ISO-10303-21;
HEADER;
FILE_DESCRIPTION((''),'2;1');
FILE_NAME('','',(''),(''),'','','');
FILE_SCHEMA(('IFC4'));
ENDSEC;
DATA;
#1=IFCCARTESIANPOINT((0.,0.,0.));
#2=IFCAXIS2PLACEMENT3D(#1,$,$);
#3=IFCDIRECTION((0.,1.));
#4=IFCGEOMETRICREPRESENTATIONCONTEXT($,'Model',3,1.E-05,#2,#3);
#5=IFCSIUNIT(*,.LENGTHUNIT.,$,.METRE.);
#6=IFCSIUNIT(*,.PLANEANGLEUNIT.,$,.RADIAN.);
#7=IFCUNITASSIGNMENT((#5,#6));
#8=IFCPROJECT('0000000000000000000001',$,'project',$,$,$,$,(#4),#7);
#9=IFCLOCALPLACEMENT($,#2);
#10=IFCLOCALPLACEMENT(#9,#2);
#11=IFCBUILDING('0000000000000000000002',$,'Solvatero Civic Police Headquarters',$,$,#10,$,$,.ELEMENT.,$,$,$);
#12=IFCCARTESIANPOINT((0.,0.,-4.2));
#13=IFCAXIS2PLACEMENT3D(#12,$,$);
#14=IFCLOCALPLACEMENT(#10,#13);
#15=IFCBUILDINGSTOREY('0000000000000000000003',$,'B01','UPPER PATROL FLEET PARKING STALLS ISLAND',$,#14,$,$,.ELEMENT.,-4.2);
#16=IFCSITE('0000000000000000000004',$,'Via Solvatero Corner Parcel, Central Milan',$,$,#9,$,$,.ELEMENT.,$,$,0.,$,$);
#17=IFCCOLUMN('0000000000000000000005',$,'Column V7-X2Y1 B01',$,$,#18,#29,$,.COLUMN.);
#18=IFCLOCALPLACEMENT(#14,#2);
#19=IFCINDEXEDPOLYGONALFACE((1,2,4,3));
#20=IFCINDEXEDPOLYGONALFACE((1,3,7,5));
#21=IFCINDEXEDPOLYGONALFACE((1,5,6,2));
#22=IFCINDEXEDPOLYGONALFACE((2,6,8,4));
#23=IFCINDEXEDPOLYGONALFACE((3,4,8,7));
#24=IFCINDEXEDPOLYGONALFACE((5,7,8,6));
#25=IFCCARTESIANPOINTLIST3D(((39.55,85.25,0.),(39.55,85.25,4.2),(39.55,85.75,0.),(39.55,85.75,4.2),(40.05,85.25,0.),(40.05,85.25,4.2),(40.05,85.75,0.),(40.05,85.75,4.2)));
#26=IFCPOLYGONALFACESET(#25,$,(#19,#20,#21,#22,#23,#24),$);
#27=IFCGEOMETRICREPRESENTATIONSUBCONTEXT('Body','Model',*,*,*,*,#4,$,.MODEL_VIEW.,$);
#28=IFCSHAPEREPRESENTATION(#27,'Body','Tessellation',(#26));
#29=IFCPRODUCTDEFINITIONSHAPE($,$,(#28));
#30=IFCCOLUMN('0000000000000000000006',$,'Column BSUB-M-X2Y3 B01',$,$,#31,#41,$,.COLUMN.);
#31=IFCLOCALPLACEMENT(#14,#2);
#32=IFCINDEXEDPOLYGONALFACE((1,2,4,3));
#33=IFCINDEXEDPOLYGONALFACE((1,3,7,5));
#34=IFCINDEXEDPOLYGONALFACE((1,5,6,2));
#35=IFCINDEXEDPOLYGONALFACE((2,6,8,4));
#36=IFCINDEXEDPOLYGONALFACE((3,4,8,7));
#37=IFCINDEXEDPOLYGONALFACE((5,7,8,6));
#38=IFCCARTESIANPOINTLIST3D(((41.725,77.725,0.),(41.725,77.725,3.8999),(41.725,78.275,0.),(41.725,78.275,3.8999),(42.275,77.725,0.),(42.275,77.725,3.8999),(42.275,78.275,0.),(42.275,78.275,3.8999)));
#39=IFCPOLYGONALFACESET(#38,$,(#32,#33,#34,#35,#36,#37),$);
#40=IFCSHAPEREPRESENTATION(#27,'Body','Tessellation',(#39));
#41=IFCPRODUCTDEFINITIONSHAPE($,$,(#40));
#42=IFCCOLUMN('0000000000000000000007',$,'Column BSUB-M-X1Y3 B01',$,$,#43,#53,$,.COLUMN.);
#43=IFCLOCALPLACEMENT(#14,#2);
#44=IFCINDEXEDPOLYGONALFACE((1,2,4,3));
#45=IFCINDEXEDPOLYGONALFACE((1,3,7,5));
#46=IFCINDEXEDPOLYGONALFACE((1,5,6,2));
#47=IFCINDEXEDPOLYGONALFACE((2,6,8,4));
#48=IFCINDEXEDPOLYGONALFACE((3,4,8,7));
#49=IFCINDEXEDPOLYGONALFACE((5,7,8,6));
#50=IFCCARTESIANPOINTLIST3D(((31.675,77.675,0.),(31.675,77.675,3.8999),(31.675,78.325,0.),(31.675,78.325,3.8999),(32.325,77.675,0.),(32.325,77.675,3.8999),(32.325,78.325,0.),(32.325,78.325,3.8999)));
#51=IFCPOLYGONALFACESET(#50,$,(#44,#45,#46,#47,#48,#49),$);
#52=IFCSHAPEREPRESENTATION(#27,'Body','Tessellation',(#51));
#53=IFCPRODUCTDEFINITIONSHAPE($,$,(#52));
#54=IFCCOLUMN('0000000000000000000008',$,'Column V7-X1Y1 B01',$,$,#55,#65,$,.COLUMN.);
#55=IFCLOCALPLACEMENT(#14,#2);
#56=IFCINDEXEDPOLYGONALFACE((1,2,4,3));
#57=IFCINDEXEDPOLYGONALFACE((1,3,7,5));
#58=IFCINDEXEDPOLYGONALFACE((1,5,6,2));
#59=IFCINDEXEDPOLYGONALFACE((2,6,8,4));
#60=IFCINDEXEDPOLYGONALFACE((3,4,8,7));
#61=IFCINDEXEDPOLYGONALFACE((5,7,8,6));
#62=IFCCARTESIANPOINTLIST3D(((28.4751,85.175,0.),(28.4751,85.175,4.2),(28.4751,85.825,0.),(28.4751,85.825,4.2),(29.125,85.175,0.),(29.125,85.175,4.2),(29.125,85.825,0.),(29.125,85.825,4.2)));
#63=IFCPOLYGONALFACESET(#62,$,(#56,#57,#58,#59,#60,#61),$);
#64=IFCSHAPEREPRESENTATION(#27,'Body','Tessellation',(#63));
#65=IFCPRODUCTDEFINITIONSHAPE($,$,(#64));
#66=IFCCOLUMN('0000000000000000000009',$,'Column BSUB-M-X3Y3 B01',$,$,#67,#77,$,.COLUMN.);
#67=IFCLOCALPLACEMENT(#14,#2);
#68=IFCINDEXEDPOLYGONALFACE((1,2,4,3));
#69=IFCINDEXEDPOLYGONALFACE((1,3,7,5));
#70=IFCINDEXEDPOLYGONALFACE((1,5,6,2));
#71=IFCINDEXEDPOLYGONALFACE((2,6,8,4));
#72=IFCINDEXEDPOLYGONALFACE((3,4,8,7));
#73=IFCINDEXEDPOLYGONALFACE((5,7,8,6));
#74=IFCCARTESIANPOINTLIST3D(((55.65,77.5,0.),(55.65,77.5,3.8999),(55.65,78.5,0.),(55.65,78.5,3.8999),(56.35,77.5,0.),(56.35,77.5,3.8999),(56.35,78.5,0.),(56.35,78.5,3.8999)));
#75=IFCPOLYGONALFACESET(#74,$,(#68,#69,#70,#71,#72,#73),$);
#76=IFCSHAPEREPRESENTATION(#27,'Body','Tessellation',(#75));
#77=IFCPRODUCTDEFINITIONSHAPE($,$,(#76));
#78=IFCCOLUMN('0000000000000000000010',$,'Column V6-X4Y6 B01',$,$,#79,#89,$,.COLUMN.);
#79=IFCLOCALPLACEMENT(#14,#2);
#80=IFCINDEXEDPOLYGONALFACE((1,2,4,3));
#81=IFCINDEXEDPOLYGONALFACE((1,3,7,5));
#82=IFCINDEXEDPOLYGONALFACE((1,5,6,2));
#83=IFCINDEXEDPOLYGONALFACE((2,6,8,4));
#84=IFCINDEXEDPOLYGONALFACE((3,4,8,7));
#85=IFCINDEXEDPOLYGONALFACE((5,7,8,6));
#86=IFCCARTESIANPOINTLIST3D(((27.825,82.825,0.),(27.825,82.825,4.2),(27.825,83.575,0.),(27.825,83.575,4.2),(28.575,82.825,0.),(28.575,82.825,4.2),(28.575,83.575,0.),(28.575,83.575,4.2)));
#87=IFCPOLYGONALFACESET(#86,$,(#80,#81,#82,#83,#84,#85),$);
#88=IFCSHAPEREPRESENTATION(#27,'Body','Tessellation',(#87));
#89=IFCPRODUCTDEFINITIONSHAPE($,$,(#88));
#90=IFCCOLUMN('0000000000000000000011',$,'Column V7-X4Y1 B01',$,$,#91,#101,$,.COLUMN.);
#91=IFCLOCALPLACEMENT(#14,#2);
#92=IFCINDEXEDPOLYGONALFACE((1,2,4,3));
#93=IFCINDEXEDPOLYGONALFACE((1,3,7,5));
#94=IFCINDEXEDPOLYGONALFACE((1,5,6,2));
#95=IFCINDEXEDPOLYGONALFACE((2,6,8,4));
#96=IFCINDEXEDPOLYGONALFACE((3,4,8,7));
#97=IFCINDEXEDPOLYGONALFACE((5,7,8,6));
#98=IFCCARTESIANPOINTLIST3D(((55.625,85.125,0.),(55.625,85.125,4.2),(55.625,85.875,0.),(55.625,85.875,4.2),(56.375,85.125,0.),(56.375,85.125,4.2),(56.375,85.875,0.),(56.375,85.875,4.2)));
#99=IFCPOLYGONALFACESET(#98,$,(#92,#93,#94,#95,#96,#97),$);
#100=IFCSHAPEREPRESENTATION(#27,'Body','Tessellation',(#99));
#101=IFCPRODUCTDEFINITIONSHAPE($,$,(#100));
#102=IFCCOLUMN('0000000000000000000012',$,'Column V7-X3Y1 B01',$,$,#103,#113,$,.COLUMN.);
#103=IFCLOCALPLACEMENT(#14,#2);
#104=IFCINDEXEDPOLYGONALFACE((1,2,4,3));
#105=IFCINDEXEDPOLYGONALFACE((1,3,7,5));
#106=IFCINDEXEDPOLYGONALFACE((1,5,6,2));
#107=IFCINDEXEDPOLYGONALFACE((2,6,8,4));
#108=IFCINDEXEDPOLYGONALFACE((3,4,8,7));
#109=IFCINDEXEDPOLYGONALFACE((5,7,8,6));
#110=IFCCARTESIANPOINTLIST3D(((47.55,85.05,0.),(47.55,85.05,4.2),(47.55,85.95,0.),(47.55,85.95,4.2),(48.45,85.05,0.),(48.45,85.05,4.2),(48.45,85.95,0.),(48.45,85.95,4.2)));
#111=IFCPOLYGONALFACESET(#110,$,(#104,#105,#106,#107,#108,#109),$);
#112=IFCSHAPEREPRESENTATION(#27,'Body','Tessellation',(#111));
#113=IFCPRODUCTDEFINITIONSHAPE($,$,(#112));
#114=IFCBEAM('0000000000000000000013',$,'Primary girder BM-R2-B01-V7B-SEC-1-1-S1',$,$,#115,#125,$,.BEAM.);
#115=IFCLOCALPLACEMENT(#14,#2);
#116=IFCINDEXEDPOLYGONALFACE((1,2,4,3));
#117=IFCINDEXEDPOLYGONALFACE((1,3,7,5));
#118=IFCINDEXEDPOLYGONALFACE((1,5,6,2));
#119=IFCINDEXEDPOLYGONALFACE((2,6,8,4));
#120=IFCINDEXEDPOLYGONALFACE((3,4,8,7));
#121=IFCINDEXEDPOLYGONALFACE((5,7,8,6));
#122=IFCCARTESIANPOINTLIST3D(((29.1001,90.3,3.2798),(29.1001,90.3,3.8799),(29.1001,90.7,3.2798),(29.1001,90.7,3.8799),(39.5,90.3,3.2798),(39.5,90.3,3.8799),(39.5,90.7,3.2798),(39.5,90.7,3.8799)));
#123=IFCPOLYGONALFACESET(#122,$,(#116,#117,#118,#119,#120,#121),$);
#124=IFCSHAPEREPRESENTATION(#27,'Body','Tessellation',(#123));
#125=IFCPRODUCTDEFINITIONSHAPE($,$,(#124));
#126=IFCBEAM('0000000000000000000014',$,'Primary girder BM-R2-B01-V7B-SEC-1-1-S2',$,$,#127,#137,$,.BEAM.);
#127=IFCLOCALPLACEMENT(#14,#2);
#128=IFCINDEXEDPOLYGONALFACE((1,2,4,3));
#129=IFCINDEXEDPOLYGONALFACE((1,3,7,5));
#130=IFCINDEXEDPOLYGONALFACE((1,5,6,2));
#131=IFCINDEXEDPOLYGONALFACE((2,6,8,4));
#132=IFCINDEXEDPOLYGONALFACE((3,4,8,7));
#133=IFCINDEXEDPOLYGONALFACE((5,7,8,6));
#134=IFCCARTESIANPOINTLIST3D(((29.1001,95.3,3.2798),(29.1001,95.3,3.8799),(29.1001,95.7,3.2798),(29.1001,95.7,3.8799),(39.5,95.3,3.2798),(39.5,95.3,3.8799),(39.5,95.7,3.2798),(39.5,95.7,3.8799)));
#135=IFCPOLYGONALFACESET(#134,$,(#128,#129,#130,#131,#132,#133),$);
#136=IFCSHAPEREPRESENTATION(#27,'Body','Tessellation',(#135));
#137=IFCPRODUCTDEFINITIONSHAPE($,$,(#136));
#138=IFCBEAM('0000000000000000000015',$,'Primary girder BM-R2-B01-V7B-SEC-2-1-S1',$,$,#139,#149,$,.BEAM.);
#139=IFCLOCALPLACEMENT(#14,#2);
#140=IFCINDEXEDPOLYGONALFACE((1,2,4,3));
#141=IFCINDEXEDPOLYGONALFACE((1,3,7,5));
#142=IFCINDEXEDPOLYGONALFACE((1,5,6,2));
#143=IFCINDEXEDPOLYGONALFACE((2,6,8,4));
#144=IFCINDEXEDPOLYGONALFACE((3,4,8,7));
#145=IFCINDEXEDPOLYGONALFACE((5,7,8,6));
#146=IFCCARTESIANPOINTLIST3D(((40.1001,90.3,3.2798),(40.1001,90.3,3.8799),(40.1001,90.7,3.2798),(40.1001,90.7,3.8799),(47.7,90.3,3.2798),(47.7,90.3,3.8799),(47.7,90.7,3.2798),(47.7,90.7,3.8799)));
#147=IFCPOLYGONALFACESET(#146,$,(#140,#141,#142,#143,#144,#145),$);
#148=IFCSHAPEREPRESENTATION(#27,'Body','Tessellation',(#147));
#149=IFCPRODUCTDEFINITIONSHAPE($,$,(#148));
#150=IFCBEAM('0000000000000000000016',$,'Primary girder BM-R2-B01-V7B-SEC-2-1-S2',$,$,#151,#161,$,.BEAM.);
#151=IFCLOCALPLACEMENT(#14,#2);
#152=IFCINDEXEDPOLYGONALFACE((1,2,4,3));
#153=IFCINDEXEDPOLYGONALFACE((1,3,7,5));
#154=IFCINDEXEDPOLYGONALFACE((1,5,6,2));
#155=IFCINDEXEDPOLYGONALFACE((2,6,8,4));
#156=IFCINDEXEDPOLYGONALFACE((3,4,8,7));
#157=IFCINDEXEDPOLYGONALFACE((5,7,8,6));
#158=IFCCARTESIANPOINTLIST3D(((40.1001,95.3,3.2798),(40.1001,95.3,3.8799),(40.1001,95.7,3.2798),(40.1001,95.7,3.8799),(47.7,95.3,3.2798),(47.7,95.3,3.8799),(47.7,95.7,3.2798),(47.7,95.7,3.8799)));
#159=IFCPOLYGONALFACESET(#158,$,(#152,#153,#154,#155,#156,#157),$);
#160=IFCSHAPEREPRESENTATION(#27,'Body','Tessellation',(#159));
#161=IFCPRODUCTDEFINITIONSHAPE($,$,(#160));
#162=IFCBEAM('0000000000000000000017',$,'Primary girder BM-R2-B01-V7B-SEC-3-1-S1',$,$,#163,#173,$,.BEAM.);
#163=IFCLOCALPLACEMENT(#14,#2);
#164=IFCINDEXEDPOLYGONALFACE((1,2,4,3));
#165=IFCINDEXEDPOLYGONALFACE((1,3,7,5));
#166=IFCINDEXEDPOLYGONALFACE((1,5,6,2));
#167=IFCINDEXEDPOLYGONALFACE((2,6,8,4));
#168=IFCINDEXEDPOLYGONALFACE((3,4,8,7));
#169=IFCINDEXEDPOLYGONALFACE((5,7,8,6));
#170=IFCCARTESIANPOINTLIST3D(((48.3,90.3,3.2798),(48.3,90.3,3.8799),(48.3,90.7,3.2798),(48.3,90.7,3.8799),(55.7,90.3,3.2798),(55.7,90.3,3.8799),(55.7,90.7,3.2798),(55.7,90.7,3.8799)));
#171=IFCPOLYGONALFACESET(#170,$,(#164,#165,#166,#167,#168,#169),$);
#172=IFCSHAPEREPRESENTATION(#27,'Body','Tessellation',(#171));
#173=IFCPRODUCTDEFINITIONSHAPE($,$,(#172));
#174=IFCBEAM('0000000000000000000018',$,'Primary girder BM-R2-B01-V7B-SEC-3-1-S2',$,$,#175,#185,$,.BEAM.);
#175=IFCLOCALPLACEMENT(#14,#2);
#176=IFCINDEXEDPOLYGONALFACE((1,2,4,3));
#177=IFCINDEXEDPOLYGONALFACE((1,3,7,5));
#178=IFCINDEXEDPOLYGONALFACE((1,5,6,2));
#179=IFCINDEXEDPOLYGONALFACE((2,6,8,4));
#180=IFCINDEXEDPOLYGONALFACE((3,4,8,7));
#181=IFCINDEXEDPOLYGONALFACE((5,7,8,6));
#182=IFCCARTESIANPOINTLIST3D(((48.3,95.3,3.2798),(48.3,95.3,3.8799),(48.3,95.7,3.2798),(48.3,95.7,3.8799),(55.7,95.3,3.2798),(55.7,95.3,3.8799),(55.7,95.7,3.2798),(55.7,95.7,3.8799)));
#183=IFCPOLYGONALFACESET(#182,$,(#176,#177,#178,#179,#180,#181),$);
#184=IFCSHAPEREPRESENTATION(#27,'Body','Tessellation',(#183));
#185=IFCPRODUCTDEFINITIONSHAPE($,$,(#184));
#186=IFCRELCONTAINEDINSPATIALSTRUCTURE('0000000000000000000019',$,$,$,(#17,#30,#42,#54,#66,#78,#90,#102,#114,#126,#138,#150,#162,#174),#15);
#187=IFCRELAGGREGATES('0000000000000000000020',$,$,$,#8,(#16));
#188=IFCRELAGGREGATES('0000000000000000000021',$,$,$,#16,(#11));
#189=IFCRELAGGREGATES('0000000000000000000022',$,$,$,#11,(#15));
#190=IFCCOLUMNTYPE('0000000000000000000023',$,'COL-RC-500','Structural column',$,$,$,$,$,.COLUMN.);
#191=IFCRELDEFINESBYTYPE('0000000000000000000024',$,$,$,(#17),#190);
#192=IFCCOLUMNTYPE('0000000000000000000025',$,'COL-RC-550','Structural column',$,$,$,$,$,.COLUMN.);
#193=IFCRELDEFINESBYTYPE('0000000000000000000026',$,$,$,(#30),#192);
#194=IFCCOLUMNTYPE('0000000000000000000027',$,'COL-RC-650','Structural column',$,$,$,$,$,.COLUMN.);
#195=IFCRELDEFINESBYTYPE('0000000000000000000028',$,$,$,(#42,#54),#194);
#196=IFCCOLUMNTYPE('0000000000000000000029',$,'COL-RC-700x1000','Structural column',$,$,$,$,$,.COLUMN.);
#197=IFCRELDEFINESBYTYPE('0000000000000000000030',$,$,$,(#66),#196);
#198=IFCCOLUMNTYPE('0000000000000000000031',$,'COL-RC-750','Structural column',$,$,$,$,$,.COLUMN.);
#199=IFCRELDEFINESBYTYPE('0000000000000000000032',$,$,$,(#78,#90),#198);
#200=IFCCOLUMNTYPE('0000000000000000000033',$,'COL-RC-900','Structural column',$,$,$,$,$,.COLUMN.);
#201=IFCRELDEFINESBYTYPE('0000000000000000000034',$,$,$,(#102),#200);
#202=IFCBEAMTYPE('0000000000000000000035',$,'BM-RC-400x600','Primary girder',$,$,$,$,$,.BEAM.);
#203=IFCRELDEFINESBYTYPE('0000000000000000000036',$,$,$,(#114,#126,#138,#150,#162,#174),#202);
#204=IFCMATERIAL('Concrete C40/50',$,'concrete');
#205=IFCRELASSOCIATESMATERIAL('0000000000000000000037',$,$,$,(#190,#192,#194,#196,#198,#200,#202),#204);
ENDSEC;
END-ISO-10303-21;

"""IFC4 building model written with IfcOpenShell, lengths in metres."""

from ifc_helpers import new_model, si_unit, direction, frame, origin, origin_2d, place, context, subcontext, project, spatial, rectangle, extrude, material, material_profile, profile_set, type_object, element, save


model = new_model("IFC4")

# Units and contexts
model_context = context("Model", 3, precision=1e-05, world=origin(), true_north=direction((0.0, 1.0)))
body_context = subcontext(model_context, "Body", "Model", "MODEL_VIEW")
ifc_project = project(units=[si_unit("LENGTHUNIT", "METRE"), si_unit("PLANEANGLEUNIT", "RADIAN")], contexts=[model_context])

# Site, building, storey
site_placement = place(None, origin())
site = spatial("IfcSite", under=ifc_project, at=site_placement, Name="Via Solvatero Corner Parcel, Central Milan", CompositionType="ELEMENT", RefElevation=0.0)
building_placement = place(site_placement, origin())
building = spatial("IfcBuilding", under=site, at=building_placement, Name="Solvatero Civic Police Headquarters", CompositionType="ELEMENT")
storey_placement = place(building_placement, frame((0.0, 0.0, -4.2)))
storey = spatial("IfcBuildingStorey", under=building, at=storey_placement, Name="B01", Description="UPPER PATROL FLEET PARKING STALLS ISLAND", CompositionType="ELEMENT", Elevation=-4.2)

# Columns
ifc_material_1 = material(Name="Concrete C40/50", Category="concrete")
ifc_material_profile_1 = material_profile(ifc_material_1, rectangle(XDim=0.5, YDim=0.5, at=origin_2d()), Name="RC 500x500")
ifc_profile_set_1 = profile_set([ifc_material_profile_1], Name="Concrete C40/50")
column_type_1 = type_object("IfcColumnType", Name="COL-RC-500", Description="Structural column", PredefinedType="COLUMN", material=ifc_profile_set_1)
column_1_placement = place(storey_placement, frame((39.8, 85.5, 0.0), z_axis=(0.0, 0.0, 1.0), x_axis=(1.0, 0.0, 0.0)))
element("IfcColumn", 1, at=column_1_placement, inside=storey, type_object=column_type_1, Name="Column V7-X2Y1 B01", PredefinedType="COLUMN", context=body_context, shape_type="SweptSolid", body=[
    extrude(rectangle(XDim=0.5, YDim=0.5, at=origin_2d()), origin(), (0.0, 0.0, 1.0), 4.2),
])
ifc_material_profile_2 = material_profile(ifc_material_1, rectangle(XDim=0.55, YDim=0.55, at=origin_2d()), Name="RC 550x550")
ifc_profile_set_2 = profile_set([ifc_material_profile_2], Name="Concrete C40/50")
column_type_2 = type_object("IfcColumnType", Name="COL-RC-550", Description="Structural column", PredefinedType="COLUMN", material=ifc_profile_set_2)
column_2_placement = place(storey_placement, frame((42.0, 78.0, 0.0), z_axis=(0.0, 0.0, 1.0), x_axis=(1.0, 0.0, 0.0)))
element("IfcColumn", 2, at=column_2_placement, inside=storey, type_object=column_type_2, Name="Column BSUB-M-X2Y3 B01", PredefinedType="COLUMN", context=body_context, shape_type="SweptSolid", body=[
    extrude(rectangle(XDim=0.55, YDim=0.55, at=origin_2d()), origin(), (0.0, 0.0, 1.0), 3.8999),
])
ifc_material_profile_3 = material_profile(ifc_material_1, rectangle(XDim=0.6499, YDim=0.6499, at=origin_2d()), Name="RC 650x650")
ifc_profile_set_3 = profile_set([ifc_material_profile_3], Name="Concrete C40/50")
column_type_3 = type_object("IfcColumnType", Name="COL-RC-650", Description="Structural column", PredefinedType="COLUMN", material=ifc_profile_set_3)
column_3_placement = place(storey_placement, frame((32.0, 78.0, 0.0), z_axis=(0.0, 0.0, 1.0), x_axis=(1.0, 0.0, 0.0)))
element("IfcColumn", 3, at=column_3_placement, inside=storey, type_object=column_type_3, Name="Column BSUB-M-X1Y3 B01", PredefinedType="COLUMN", context=body_context, shape_type="SweptSolid", body=[
    extrude(rectangle(XDim=0.6499, YDim=0.6499, at=origin_2d()), origin(), (0.0, 0.0, 1.0), 3.8999),
])
column_4_placement = place(storey_placement, frame((28.8, 85.5, 0.0), z_axis=(0.0, 0.0, 1.0), x_axis=(1.0, 0.0, 0.0)))
element("IfcColumn", 4, at=column_4_placement, inside=storey, type_object=column_type_3, Name="Column V7-X1Y1 B01", PredefinedType="COLUMN", context=body_context, shape_type="SweptSolid", body=[
    extrude(rectangle(XDim=0.6499, YDim=0.6499, at=origin_2d()), origin(), (0.0, 0.0, 1.0), 4.2),
])
ifc_material_profile_4 = material_profile(ifc_material_1, rectangle(XDim=0.7, YDim=1.0, at=origin_2d()), Name="RC 700x1000")
ifc_profile_set_4 = profile_set([ifc_material_profile_4], Name="Concrete C40/50")
column_type_4 = type_object("IfcColumnType", Name="COL-RC-700x1000", Description="Structural column", PredefinedType="COLUMN", material=ifc_profile_set_4)
column_5_placement = place(storey_placement, frame((56.0, 78.0, 0.0), z_axis=(0.0, 0.0, 1.0), x_axis=(1.0, 0.0, 0.0)))
element("IfcColumn", 5, at=column_5_placement, inside=storey, type_object=column_type_4, Name="Column BSUB-M-X3Y3 B01", PredefinedType="COLUMN", context=body_context, shape_type="SweptSolid", body=[
    extrude(rectangle(XDim=0.7, YDim=1.0, at=origin_2d()), origin(), (0.0, 0.0, 1.0), 3.8999),
])
ifc_material_profile_5 = material_profile(ifc_material_1, rectangle(XDim=0.75, YDim=0.75, at=origin_2d()), Name="RC 750x750")
ifc_profile_set_5 = profile_set([ifc_material_profile_5], Name="Concrete C40/50")
column_type_5 = type_object("IfcColumnType", Name="COL-RC-750", Description="Structural column", PredefinedType="COLUMN", material=ifc_profile_set_5)
for number, where, z_axis, x_axis, name in (
    (6, (28.2, 83.2, 0.0), (0.0, 0.0, 1.0), (1.0, 0.0, 0.0), "Column V6-X4Y6 B01"),
    (7, (56.0, 85.5, 0.0), (0.0, 0.0, 1.0), (1.0, 0.0, 0.0), "Column V7-X4Y1 B01"),
):
    element("IfcColumn", number, at=place(storey_placement, frame(where, z_axis=z_axis, x_axis=x_axis)), inside=storey, type_object=column_type_5, Name=name, PredefinedType="COLUMN", context=body_context, shape_type="SweptSolid", body=[
        extrude(rectangle(XDim=0.75, YDim=0.75, at=origin_2d()), origin(), (0.0, 0.0, 1.0), 4.2),
    ])
ifc_material_profile_6 = material_profile(ifc_material_1, rectangle(XDim=0.8999, YDim=0.8999, at=origin_2d()), Name="RC 900x900")
ifc_profile_set_6 = profile_set([ifc_material_profile_6], Name="Concrete C40/50")
column_type_6 = type_object("IfcColumnType", Name="COL-RC-900", Description="Structural column", PredefinedType="COLUMN", material=ifc_profile_set_6)
column_6_placement = place(storey_placement, frame((48.0, 85.5, 0.0), z_axis=(0.0, 0.0, 1.0), x_axis=(1.0, 0.0, 0.0)))
element("IfcColumn", 8, at=column_6_placement, inside=storey, type_object=column_type_6, Name="Column V7-X3Y1 B01", PredefinedType="COLUMN", context=body_context, shape_type="SweptSolid", body=[
    extrude(rectangle(XDim=0.8999, YDim=0.8999, at=origin_2d()), origin(), (0.0, 0.0, 1.0), 4.2),
])

# Beams
ifc_material_profile_7 = material_profile(ifc_material_1, rectangle(XDim=0.3999, YDim=0.6001, at=origin_2d()), Name="RC 400x600")
ifc_profile_set_7 = profile_set([ifc_material_profile_7], Name="Concrete C40/50")
beam_type_1 = type_object("IfcBeamType", Name="BM-RC-400x600", Description="Primary girder", PredefinedType="BEAM", material=ifc_profile_set_7)
for number, where, z_axis, x_axis, name in (
    (9, (29.1001, 90.5, 3.5798), (1.0, 0.0, 0.0), (0.0, 1.0, 0.0), "Primary girder BM-R2-B01-V7B-SEC-1-1-S1"),
    (10, (29.1001, 95.5, 3.5798), (1.0, 0.0, 0.0), (0.0, 1.0, 0.0), "Primary girder BM-R2-B01-V7B-SEC-1-1-S2"),
):
    element("IfcBeam", number, at=place(storey_placement, frame(where, z_axis=z_axis, x_axis=x_axis)), inside=storey, type_object=beam_type_1, Name=name, PredefinedType="BEAM", context=body_context, shape_type="SweptSolid", body=[
        extrude(rectangle(XDim=0.3999, YDim=0.6001, at=origin_2d()), origin(), (0.0, 0.0, 1.0), 10.3999),
    ])
for number, where, z_axis, x_axis, name in (
    (11, (40.1001, 90.5, 3.5798), (1.0, 0.0, 0.0), (0.0, 1.0, 0.0), "Primary girder BM-R2-B01-V7B-SEC-2-1-S1"),
    (12, (40.1001, 95.5, 3.5798), (1.0, 0.0, 0.0), (0.0, 1.0, 0.0), "Primary girder BM-R2-B01-V7B-SEC-2-1-S2"),
):
    element("IfcBeam", number, at=place(storey_placement, frame(where, z_axis=z_axis, x_axis=x_axis)), inside=storey, type_object=beam_type_1, Name=name, PredefinedType="BEAM", context=body_context, shape_type="SweptSolid", body=[
        extrude(rectangle(XDim=0.3999, YDim=0.6001, at=origin_2d()), origin(), (0.0, 0.0, 1.0), 7.5999),
    ])
for number, where, z_axis, x_axis, name in (
    (13, (48.3, 90.5, 3.5798), (1.0, 0.0, 0.0), (0.0, 1.0, 0.0), "Primary girder BM-R2-B01-V7B-SEC-3-1-S1"),
    (14, (48.3, 95.5, 3.5798), (1.0, 0.0, 0.0), (0.0, 1.0, 0.0), "Primary girder BM-R2-B01-V7B-SEC-3-1-S2"),
):
    element("IfcBeam", number, at=place(storey_placement, frame(where, z_axis=z_axis, x_axis=x_axis)), inside=storey, type_object=beam_type_1, Name=name, PredefinedType="BEAM", context=body_context, shape_type="SweptSolid", body=[
        extrude(rectangle(XDim=0.3999, YDim=0.6001, at=origin_2d()), origin(), (0.0, 0.0, 1.0), 7.3999),
    ])

save(model, "model.ifc")
